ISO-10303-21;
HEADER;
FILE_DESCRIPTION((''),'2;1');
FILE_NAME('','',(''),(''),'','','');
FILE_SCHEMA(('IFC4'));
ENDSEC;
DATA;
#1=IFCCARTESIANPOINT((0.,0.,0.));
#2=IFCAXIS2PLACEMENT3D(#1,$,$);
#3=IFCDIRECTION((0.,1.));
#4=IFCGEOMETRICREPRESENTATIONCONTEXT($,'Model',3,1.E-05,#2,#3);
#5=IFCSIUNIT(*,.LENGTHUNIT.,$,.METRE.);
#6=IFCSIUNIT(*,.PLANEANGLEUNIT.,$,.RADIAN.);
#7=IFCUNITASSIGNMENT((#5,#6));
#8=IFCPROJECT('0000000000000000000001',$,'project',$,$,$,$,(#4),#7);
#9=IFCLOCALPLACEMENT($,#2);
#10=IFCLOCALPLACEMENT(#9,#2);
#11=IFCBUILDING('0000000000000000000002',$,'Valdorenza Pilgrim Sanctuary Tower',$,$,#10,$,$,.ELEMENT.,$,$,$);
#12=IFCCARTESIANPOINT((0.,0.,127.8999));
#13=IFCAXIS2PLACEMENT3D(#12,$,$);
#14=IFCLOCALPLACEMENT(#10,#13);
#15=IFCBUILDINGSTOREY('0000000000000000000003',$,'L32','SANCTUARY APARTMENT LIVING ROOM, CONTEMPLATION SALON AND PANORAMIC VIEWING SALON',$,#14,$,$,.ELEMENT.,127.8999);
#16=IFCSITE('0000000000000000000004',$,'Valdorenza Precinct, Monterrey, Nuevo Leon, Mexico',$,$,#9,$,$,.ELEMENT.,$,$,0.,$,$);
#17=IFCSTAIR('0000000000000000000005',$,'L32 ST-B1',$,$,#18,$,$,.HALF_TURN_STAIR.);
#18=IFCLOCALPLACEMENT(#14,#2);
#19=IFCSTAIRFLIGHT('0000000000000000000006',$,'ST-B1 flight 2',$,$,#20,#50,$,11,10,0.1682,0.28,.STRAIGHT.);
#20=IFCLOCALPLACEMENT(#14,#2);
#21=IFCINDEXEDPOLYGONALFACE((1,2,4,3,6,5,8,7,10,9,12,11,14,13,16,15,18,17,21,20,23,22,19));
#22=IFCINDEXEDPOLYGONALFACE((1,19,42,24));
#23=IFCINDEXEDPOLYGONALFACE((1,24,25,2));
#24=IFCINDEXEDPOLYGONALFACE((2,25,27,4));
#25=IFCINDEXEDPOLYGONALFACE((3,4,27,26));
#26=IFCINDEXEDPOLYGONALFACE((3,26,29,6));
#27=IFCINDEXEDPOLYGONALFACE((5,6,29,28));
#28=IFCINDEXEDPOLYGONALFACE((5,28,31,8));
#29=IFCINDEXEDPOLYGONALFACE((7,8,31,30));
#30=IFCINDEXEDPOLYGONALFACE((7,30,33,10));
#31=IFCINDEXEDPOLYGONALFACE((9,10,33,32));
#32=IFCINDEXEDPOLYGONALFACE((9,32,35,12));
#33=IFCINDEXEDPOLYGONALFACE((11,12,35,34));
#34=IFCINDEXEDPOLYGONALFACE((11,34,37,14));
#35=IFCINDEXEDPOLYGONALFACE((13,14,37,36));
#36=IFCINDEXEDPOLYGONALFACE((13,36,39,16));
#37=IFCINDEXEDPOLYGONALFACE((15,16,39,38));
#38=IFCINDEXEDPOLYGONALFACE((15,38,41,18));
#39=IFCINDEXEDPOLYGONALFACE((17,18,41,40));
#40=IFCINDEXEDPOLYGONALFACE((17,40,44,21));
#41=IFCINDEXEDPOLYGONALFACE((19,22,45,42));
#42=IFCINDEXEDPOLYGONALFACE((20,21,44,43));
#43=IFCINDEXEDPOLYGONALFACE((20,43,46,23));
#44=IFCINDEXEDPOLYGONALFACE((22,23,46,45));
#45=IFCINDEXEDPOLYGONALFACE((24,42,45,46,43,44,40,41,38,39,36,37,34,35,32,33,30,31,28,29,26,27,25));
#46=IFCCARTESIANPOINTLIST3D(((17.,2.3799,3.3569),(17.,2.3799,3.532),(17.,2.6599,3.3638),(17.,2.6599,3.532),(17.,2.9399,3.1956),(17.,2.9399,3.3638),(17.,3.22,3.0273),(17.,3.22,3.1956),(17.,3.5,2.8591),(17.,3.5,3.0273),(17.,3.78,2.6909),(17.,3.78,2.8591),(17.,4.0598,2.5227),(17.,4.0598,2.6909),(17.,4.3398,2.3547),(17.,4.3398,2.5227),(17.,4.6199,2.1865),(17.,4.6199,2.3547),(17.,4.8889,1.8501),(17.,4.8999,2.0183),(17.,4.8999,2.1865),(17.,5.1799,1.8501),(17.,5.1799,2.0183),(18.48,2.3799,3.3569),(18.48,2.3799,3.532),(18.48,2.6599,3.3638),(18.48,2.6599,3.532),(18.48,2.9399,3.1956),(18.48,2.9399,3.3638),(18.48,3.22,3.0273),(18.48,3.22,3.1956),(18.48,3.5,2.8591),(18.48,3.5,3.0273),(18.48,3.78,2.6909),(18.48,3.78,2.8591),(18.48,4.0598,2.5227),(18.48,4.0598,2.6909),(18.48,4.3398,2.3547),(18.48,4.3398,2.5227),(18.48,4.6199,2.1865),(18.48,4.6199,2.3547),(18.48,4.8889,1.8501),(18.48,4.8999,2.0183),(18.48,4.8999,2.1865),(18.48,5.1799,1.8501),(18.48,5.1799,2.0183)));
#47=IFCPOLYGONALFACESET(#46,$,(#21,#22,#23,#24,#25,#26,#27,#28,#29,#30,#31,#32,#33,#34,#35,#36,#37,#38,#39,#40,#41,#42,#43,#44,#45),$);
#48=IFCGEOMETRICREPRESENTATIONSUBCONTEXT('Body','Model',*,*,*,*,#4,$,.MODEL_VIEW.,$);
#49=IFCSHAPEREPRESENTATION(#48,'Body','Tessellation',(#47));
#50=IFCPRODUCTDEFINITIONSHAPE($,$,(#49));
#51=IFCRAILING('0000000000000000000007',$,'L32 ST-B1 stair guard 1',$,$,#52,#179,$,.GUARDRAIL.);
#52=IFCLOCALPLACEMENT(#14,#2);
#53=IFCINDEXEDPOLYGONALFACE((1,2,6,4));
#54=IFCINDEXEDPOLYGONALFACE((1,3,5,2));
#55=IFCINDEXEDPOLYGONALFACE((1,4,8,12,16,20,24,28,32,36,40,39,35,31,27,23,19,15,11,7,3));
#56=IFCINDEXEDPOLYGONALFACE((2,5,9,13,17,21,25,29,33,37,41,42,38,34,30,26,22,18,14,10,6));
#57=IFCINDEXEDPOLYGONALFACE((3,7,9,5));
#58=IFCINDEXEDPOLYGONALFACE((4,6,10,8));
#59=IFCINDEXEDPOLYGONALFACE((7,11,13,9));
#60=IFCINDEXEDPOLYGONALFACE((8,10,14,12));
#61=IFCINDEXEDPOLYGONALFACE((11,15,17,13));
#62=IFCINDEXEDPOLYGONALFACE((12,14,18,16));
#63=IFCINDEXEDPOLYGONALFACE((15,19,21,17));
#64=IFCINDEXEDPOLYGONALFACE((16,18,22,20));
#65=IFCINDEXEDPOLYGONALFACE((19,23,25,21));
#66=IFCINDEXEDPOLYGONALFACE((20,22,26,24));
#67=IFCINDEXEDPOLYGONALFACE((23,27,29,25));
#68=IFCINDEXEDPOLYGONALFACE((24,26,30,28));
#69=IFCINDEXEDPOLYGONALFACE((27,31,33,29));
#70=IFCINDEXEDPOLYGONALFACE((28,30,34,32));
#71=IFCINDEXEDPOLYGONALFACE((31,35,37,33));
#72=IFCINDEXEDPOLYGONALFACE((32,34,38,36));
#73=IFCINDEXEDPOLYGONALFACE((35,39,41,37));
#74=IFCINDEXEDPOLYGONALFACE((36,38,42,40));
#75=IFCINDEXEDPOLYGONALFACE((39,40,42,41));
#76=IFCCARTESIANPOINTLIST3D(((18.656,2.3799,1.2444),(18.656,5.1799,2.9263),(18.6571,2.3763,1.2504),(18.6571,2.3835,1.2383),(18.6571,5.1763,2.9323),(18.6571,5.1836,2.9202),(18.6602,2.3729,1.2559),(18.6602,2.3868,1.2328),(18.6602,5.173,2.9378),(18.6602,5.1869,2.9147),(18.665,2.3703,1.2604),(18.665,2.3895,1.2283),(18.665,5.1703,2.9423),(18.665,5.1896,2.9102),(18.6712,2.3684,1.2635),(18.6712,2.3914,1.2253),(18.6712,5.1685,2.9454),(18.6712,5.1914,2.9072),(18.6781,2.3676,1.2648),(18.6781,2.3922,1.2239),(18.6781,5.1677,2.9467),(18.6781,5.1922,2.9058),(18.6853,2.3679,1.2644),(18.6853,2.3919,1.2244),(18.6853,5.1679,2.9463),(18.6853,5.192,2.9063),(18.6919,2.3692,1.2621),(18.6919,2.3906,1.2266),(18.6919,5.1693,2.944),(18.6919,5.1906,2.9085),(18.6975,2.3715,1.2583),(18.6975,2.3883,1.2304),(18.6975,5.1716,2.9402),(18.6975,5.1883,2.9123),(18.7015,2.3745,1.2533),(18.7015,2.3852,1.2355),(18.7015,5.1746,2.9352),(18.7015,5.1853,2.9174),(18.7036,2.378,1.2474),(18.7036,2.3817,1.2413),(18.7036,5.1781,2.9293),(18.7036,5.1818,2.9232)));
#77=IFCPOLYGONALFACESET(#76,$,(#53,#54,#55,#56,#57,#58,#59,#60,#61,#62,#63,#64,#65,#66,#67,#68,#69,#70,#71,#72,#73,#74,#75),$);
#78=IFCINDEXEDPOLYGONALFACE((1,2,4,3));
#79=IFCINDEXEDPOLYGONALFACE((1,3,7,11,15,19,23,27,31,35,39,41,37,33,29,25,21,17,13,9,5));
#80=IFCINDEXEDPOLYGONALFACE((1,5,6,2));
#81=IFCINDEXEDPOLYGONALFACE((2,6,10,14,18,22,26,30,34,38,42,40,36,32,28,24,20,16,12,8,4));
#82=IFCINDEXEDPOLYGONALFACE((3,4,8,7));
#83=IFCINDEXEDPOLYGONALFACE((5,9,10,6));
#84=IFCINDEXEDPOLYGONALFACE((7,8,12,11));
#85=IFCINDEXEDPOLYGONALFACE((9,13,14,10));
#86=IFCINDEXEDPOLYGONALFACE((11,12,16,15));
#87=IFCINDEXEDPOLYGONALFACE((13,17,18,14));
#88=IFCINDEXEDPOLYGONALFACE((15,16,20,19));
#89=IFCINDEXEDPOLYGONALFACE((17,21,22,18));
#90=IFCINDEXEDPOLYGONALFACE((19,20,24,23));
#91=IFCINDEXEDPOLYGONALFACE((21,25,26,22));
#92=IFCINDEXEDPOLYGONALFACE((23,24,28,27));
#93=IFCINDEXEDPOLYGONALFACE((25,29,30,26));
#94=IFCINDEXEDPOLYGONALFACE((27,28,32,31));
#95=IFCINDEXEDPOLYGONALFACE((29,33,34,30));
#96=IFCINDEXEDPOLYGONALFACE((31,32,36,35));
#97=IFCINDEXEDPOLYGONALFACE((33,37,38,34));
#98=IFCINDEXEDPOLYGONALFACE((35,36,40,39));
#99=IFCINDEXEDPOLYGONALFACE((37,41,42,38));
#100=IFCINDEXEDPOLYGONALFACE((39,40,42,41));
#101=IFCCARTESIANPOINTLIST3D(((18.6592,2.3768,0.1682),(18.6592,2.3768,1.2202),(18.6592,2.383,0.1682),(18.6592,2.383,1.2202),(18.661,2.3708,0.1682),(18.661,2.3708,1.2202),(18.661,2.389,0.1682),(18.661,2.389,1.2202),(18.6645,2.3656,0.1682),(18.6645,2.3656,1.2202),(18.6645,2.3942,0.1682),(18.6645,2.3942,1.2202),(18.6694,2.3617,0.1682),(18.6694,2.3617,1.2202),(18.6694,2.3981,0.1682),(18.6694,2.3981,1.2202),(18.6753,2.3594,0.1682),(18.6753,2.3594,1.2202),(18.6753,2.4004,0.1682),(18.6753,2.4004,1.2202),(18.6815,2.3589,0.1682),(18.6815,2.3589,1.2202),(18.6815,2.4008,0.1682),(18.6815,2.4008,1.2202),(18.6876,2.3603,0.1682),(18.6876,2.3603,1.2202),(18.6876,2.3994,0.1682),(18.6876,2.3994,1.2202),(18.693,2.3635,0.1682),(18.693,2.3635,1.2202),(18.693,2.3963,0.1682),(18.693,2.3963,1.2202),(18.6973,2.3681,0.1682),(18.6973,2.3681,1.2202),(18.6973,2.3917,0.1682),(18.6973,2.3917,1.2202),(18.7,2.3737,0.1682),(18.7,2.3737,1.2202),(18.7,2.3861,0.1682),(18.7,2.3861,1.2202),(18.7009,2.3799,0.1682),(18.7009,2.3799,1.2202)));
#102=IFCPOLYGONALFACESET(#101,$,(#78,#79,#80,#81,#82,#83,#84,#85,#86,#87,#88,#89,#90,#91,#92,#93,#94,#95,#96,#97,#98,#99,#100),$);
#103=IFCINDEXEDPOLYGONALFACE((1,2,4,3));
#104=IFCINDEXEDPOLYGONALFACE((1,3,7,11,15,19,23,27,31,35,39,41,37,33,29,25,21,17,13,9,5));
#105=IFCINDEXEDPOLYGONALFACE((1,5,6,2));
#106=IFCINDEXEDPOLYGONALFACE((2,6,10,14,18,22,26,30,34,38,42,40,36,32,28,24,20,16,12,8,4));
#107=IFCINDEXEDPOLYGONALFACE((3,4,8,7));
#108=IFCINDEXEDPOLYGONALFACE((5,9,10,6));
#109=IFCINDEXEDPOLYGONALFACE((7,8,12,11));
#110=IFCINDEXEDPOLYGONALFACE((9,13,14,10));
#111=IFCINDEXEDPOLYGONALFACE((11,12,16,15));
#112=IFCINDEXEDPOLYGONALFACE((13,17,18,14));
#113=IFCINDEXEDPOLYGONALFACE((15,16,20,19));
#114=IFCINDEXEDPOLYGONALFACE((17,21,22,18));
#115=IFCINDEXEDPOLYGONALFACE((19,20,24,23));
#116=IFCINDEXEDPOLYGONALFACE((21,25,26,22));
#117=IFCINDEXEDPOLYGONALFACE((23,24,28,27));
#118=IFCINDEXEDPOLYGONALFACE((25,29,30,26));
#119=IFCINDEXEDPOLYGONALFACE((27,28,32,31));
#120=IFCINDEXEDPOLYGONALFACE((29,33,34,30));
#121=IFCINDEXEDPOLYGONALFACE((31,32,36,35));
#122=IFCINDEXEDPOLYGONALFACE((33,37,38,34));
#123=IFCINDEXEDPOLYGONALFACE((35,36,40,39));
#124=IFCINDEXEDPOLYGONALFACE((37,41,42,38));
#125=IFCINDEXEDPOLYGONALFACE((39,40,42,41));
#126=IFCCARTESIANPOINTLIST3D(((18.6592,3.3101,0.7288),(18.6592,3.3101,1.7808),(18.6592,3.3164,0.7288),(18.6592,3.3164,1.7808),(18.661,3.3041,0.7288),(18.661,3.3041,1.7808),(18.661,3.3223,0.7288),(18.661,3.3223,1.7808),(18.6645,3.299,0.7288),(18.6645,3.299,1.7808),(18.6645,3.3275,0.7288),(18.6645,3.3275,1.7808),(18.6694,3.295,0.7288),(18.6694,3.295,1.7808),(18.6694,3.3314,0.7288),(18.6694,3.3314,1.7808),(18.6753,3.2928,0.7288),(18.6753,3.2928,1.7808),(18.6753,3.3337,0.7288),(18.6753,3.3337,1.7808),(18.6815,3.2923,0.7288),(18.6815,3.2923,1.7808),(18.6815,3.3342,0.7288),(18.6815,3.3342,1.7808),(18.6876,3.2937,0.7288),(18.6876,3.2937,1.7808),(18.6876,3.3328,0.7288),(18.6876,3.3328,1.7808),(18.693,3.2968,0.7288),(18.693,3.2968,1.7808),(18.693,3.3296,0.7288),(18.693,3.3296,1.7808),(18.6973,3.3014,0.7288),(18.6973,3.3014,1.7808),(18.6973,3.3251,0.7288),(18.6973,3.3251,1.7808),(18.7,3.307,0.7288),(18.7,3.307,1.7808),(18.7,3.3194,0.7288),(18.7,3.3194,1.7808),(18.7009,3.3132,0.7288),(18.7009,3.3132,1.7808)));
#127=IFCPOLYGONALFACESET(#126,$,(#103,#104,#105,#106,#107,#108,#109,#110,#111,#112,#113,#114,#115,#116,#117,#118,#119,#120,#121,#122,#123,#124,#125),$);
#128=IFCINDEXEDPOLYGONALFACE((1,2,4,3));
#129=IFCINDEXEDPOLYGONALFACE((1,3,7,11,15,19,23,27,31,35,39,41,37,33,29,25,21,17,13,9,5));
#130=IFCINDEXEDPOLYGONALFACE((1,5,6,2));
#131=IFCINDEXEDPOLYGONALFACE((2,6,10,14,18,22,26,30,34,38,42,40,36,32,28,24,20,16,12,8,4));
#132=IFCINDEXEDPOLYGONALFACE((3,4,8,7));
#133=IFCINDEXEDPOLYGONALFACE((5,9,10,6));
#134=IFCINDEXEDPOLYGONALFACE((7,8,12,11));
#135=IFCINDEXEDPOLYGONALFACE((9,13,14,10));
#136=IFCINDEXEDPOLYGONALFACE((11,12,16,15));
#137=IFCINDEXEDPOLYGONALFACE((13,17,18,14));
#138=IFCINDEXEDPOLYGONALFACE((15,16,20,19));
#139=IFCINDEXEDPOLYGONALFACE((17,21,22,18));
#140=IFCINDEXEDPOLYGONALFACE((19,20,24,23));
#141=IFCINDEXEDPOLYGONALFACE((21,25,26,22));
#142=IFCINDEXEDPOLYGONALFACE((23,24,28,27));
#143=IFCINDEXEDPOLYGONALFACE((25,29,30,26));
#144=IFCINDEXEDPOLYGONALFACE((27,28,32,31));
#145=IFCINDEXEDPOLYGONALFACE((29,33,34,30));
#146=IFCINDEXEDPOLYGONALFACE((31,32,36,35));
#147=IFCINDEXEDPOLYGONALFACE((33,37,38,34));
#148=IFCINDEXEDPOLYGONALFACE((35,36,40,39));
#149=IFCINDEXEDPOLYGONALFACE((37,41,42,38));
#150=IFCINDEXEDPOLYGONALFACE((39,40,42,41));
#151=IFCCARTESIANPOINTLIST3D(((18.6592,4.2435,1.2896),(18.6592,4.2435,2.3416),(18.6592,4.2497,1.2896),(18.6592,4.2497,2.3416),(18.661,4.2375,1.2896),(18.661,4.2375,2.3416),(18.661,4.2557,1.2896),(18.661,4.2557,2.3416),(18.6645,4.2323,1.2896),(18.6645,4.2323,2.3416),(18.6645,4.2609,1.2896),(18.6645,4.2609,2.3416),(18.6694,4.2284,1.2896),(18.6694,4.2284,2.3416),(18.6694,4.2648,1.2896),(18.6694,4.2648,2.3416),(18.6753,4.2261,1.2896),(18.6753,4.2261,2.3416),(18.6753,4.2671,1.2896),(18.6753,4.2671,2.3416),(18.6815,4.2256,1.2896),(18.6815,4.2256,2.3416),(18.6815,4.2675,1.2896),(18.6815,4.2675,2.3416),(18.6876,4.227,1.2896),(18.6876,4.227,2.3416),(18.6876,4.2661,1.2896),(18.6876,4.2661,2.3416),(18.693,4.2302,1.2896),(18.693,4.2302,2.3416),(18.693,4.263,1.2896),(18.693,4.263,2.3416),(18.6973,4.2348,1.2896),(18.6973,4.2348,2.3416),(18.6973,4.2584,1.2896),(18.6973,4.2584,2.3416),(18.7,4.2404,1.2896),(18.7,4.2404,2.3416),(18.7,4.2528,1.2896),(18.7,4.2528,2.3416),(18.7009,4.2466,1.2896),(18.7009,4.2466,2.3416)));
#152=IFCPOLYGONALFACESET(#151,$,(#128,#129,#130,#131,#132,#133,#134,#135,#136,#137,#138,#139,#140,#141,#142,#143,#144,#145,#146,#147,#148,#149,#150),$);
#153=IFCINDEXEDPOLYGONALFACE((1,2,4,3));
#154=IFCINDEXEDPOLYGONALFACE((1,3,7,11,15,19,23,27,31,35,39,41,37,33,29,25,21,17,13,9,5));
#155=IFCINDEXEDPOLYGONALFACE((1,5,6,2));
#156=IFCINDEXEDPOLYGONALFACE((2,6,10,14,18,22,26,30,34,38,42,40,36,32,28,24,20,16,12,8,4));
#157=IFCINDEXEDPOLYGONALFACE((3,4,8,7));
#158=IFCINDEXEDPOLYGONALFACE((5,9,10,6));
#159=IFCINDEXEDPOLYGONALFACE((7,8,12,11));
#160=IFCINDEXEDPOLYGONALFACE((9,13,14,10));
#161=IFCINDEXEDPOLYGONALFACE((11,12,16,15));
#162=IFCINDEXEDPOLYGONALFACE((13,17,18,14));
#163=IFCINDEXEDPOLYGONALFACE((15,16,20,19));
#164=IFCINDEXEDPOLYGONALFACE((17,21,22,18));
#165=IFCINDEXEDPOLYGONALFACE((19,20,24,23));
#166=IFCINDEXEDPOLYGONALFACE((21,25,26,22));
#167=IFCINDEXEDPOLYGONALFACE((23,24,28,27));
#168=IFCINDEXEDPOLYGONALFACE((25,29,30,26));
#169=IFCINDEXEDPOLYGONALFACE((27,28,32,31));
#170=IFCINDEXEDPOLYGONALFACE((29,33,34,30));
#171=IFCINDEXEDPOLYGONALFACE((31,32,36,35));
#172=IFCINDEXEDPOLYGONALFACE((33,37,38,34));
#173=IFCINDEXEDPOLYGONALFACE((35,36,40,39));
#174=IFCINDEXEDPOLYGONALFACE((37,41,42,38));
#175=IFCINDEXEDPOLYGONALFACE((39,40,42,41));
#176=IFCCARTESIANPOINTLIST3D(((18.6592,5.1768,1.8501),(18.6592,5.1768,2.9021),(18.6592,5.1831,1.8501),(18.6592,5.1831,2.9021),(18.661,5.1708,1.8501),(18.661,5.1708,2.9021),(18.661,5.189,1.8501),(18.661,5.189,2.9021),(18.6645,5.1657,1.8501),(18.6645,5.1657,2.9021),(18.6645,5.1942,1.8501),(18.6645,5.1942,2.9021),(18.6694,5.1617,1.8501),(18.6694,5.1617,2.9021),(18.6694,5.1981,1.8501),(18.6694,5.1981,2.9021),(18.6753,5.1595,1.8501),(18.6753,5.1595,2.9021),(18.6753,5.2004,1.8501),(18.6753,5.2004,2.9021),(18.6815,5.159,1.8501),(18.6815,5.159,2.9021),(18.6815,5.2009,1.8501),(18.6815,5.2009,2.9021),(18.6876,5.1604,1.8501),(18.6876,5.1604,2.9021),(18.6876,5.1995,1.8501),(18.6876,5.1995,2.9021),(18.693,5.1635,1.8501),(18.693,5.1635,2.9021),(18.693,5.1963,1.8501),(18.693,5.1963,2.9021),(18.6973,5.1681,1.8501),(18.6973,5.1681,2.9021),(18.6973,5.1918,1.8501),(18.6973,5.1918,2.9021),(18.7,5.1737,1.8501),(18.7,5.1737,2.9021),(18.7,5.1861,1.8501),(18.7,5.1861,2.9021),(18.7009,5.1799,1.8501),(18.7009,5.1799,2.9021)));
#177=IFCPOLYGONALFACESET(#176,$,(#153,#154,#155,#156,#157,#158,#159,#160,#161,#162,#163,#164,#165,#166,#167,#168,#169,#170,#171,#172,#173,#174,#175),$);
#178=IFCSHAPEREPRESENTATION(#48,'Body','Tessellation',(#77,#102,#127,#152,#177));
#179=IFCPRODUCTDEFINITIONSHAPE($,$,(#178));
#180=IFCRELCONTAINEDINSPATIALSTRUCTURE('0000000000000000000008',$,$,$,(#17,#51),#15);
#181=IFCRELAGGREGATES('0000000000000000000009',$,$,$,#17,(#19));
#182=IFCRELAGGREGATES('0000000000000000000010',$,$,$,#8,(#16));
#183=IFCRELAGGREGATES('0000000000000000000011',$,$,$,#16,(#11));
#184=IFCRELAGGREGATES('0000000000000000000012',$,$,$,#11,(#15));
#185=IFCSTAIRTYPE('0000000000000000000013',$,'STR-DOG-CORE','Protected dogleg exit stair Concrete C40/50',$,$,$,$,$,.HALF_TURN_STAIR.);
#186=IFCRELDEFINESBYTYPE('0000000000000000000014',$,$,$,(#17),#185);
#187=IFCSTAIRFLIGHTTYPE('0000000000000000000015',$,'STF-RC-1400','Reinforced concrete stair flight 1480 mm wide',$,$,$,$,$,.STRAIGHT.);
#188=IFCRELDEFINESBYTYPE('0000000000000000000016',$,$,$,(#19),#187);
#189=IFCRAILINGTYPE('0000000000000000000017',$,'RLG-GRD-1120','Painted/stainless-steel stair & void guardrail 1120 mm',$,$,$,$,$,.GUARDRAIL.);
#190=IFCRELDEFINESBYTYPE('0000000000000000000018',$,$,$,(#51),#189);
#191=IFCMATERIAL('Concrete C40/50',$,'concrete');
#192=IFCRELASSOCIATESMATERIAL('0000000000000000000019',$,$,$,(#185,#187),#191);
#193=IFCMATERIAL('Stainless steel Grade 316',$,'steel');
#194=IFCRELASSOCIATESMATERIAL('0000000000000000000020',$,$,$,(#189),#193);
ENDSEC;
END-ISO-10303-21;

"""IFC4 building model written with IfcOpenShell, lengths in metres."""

from ifc_helpers import new_model, si_unit, direction, frame, origin, origin_2d, place, context, subcontext, project, spatial, polyline, circle, outline, extrude, material, type_object, element, aggregate, save


model = new_model("IFC4")

# Units and contexts
model_context = context("Model", 3, precision=1e-05, world=origin(), true_north=direction((0.0, 1.0)))
body_context = subcontext(model_context, "Body", "Model", "MODEL_VIEW")
ifc_project = project(units=[si_unit("LENGTHUNIT", "METRE"), si_unit("PLANEANGLEUNIT", "RADIAN")], contexts=[model_context])

# Site, building, storey
site_placement = place(None, origin())
site = spatial("IfcSite", under=ifc_project, at=site_placement, Name="Valdorenza Precinct, Monterrey, Nuevo Leon, Mexico", CompositionType="ELEMENT", RefElevation=0.0)
building_placement = place(site_placement, origin())
building = spatial("IfcBuilding", under=site, at=building_placement, Name="Valdorenza Pilgrim Sanctuary Tower", CompositionType="ELEMENT")
storey_placement = place(building_placement, frame((0.0, 0.0, 127.8999)))
storey = spatial("IfcBuildingStorey", under=building, at=storey_placement, Name="L32", Description="SANCTUARY APARTMENT LIVING ROOM, CONTEMPLATION SALON AND PANORAMIC VIEWING SALON", CompositionType="ELEMENT", Elevation=127.8999)

# Shared definitions
ifc_material_1 = material(Name="Concrete C40/50", Category="concrete")

# Stair, stair flight
stair_type = type_object("IfcStairType", Name="STR-DOG-CORE", Description="Protected dogleg exit stair Concrete C40/50", PredefinedType="HALF_TURN_STAIR", material=ifc_material_1)
stair_placement = place(storey_placement, origin())
stair = element("IfcStair", 1, at=stair_placement, inside=storey, type_object=stair_type, Name="L32 ST-B1", PredefinedType="HALF_TURN_STAIR")
stair_flight_type = type_object("IfcStairFlightType", Name="STF-RC-1400", Description="Reinforced concrete stair flight 1480 mm wide", PredefinedType="STRAIGHT", material=ifc_material_1)
stair_flight_1_placement = place(storey_placement, frame((17.74, 5.1799, 1.8501), z_axis=(0.0, 0.0, 1.0), x_axis=(0.0, -1.0, 0.0)))
stair_flight_1 = element("IfcStairFlight", 2, at=stair_flight_1_placement, type_object=stair_flight_type, Name="ST-B1 flight 2", NumberOfRisers=11, NumberOfTreads=10, PredefinedType="STRAIGHT", RiserHeight=0.1682, TreadLength=0.28, context=body_context, shape_type="SweptSolid", body=[
    extrude(outline(polyline([(0.0, 0.0), (0.0, 0.1682), (0.28, 0.1682), (0.28, 0.3364), (0.5601, 0.3364), (0.5601, 0.5046), (0.8401, 0.5046), (0.8401, 0.6726), (1.1201, 0.6726), (1.1201, 0.8408), (1.3999, 0.8408), (1.3999, 1.009), (1.6799, 1.009), (1.6799, 1.1772), (1.96, 1.1772), (1.96, 1.3455), (2.24, 1.3455), (2.24, 1.5137), (2.52, 1.5137), (2.52, 1.6819), (2.8, 1.6819), (2.8, 1.8501), (2.8, 1.5068), (0.291, 0.0), (0.0, 0.0)])), frame((0.0, 0.74, 0.0), z_axis=(0.0, -1.0, 0.0), x_axis=(1.0, 0.0, 0.0)), (0.0, 0.0, 1.0), 1.48),
])
aggregate(stair, [stair_flight_1])

# Railing
ifc_material_2 = material(Name="Stainless steel Grade 316", Category="steel")
railing_type_1 = type_object("IfcRailingType", Name="RLG-GRD-1120", Description="Painted/stainless-steel stair & void guardrail 1120 mm", PredefinedType="GUARDRAIL", material=ifc_material_2)
railing_1_placement = place(storey_placement, frame((18.6799, 2.3799, 0.1682)))
element("IfcRailing", 3, at=railing_1_placement, inside=storey, type_object=railing_type_1, Name="L32 ST-B1 stair guard 1", PredefinedType="GUARDRAIL", context=body_context, shape_type="SweptSolid", body=[
    extrude(circle(Radius=0.0239, at=origin_2d()), frame((0.0, 0.0, 1.0762), z_axis=(0.0, 0.857242, 0.514913), x_axis=(-1.0, 0.0, 0.0)), (0.0, 0.0, 1.0), 3.2664),
    extrude(circle(Radius=0.021, at=origin_2d()), origin(), (0.0, 0.0, 1.0), 1.052),
    extrude(circle(Radius=0.021, at=origin_2d()), frame((0.0, 0.9333, 0.5605)), (0.0, 0.0, 1.0), 1.052),
    extrude(circle(Radius=0.021, at=origin_2d()), frame((0.0, 1.8667, 1.1213)), (0.0, 0.0, 1.0), 1.052),
    extrude(circle(Radius=0.021, at=origin_2d()), frame((0.0, 2.8, 1.6819)), (0.0, 0.0, 1.0), 1.052),
])

save(model, "model.ifc")
